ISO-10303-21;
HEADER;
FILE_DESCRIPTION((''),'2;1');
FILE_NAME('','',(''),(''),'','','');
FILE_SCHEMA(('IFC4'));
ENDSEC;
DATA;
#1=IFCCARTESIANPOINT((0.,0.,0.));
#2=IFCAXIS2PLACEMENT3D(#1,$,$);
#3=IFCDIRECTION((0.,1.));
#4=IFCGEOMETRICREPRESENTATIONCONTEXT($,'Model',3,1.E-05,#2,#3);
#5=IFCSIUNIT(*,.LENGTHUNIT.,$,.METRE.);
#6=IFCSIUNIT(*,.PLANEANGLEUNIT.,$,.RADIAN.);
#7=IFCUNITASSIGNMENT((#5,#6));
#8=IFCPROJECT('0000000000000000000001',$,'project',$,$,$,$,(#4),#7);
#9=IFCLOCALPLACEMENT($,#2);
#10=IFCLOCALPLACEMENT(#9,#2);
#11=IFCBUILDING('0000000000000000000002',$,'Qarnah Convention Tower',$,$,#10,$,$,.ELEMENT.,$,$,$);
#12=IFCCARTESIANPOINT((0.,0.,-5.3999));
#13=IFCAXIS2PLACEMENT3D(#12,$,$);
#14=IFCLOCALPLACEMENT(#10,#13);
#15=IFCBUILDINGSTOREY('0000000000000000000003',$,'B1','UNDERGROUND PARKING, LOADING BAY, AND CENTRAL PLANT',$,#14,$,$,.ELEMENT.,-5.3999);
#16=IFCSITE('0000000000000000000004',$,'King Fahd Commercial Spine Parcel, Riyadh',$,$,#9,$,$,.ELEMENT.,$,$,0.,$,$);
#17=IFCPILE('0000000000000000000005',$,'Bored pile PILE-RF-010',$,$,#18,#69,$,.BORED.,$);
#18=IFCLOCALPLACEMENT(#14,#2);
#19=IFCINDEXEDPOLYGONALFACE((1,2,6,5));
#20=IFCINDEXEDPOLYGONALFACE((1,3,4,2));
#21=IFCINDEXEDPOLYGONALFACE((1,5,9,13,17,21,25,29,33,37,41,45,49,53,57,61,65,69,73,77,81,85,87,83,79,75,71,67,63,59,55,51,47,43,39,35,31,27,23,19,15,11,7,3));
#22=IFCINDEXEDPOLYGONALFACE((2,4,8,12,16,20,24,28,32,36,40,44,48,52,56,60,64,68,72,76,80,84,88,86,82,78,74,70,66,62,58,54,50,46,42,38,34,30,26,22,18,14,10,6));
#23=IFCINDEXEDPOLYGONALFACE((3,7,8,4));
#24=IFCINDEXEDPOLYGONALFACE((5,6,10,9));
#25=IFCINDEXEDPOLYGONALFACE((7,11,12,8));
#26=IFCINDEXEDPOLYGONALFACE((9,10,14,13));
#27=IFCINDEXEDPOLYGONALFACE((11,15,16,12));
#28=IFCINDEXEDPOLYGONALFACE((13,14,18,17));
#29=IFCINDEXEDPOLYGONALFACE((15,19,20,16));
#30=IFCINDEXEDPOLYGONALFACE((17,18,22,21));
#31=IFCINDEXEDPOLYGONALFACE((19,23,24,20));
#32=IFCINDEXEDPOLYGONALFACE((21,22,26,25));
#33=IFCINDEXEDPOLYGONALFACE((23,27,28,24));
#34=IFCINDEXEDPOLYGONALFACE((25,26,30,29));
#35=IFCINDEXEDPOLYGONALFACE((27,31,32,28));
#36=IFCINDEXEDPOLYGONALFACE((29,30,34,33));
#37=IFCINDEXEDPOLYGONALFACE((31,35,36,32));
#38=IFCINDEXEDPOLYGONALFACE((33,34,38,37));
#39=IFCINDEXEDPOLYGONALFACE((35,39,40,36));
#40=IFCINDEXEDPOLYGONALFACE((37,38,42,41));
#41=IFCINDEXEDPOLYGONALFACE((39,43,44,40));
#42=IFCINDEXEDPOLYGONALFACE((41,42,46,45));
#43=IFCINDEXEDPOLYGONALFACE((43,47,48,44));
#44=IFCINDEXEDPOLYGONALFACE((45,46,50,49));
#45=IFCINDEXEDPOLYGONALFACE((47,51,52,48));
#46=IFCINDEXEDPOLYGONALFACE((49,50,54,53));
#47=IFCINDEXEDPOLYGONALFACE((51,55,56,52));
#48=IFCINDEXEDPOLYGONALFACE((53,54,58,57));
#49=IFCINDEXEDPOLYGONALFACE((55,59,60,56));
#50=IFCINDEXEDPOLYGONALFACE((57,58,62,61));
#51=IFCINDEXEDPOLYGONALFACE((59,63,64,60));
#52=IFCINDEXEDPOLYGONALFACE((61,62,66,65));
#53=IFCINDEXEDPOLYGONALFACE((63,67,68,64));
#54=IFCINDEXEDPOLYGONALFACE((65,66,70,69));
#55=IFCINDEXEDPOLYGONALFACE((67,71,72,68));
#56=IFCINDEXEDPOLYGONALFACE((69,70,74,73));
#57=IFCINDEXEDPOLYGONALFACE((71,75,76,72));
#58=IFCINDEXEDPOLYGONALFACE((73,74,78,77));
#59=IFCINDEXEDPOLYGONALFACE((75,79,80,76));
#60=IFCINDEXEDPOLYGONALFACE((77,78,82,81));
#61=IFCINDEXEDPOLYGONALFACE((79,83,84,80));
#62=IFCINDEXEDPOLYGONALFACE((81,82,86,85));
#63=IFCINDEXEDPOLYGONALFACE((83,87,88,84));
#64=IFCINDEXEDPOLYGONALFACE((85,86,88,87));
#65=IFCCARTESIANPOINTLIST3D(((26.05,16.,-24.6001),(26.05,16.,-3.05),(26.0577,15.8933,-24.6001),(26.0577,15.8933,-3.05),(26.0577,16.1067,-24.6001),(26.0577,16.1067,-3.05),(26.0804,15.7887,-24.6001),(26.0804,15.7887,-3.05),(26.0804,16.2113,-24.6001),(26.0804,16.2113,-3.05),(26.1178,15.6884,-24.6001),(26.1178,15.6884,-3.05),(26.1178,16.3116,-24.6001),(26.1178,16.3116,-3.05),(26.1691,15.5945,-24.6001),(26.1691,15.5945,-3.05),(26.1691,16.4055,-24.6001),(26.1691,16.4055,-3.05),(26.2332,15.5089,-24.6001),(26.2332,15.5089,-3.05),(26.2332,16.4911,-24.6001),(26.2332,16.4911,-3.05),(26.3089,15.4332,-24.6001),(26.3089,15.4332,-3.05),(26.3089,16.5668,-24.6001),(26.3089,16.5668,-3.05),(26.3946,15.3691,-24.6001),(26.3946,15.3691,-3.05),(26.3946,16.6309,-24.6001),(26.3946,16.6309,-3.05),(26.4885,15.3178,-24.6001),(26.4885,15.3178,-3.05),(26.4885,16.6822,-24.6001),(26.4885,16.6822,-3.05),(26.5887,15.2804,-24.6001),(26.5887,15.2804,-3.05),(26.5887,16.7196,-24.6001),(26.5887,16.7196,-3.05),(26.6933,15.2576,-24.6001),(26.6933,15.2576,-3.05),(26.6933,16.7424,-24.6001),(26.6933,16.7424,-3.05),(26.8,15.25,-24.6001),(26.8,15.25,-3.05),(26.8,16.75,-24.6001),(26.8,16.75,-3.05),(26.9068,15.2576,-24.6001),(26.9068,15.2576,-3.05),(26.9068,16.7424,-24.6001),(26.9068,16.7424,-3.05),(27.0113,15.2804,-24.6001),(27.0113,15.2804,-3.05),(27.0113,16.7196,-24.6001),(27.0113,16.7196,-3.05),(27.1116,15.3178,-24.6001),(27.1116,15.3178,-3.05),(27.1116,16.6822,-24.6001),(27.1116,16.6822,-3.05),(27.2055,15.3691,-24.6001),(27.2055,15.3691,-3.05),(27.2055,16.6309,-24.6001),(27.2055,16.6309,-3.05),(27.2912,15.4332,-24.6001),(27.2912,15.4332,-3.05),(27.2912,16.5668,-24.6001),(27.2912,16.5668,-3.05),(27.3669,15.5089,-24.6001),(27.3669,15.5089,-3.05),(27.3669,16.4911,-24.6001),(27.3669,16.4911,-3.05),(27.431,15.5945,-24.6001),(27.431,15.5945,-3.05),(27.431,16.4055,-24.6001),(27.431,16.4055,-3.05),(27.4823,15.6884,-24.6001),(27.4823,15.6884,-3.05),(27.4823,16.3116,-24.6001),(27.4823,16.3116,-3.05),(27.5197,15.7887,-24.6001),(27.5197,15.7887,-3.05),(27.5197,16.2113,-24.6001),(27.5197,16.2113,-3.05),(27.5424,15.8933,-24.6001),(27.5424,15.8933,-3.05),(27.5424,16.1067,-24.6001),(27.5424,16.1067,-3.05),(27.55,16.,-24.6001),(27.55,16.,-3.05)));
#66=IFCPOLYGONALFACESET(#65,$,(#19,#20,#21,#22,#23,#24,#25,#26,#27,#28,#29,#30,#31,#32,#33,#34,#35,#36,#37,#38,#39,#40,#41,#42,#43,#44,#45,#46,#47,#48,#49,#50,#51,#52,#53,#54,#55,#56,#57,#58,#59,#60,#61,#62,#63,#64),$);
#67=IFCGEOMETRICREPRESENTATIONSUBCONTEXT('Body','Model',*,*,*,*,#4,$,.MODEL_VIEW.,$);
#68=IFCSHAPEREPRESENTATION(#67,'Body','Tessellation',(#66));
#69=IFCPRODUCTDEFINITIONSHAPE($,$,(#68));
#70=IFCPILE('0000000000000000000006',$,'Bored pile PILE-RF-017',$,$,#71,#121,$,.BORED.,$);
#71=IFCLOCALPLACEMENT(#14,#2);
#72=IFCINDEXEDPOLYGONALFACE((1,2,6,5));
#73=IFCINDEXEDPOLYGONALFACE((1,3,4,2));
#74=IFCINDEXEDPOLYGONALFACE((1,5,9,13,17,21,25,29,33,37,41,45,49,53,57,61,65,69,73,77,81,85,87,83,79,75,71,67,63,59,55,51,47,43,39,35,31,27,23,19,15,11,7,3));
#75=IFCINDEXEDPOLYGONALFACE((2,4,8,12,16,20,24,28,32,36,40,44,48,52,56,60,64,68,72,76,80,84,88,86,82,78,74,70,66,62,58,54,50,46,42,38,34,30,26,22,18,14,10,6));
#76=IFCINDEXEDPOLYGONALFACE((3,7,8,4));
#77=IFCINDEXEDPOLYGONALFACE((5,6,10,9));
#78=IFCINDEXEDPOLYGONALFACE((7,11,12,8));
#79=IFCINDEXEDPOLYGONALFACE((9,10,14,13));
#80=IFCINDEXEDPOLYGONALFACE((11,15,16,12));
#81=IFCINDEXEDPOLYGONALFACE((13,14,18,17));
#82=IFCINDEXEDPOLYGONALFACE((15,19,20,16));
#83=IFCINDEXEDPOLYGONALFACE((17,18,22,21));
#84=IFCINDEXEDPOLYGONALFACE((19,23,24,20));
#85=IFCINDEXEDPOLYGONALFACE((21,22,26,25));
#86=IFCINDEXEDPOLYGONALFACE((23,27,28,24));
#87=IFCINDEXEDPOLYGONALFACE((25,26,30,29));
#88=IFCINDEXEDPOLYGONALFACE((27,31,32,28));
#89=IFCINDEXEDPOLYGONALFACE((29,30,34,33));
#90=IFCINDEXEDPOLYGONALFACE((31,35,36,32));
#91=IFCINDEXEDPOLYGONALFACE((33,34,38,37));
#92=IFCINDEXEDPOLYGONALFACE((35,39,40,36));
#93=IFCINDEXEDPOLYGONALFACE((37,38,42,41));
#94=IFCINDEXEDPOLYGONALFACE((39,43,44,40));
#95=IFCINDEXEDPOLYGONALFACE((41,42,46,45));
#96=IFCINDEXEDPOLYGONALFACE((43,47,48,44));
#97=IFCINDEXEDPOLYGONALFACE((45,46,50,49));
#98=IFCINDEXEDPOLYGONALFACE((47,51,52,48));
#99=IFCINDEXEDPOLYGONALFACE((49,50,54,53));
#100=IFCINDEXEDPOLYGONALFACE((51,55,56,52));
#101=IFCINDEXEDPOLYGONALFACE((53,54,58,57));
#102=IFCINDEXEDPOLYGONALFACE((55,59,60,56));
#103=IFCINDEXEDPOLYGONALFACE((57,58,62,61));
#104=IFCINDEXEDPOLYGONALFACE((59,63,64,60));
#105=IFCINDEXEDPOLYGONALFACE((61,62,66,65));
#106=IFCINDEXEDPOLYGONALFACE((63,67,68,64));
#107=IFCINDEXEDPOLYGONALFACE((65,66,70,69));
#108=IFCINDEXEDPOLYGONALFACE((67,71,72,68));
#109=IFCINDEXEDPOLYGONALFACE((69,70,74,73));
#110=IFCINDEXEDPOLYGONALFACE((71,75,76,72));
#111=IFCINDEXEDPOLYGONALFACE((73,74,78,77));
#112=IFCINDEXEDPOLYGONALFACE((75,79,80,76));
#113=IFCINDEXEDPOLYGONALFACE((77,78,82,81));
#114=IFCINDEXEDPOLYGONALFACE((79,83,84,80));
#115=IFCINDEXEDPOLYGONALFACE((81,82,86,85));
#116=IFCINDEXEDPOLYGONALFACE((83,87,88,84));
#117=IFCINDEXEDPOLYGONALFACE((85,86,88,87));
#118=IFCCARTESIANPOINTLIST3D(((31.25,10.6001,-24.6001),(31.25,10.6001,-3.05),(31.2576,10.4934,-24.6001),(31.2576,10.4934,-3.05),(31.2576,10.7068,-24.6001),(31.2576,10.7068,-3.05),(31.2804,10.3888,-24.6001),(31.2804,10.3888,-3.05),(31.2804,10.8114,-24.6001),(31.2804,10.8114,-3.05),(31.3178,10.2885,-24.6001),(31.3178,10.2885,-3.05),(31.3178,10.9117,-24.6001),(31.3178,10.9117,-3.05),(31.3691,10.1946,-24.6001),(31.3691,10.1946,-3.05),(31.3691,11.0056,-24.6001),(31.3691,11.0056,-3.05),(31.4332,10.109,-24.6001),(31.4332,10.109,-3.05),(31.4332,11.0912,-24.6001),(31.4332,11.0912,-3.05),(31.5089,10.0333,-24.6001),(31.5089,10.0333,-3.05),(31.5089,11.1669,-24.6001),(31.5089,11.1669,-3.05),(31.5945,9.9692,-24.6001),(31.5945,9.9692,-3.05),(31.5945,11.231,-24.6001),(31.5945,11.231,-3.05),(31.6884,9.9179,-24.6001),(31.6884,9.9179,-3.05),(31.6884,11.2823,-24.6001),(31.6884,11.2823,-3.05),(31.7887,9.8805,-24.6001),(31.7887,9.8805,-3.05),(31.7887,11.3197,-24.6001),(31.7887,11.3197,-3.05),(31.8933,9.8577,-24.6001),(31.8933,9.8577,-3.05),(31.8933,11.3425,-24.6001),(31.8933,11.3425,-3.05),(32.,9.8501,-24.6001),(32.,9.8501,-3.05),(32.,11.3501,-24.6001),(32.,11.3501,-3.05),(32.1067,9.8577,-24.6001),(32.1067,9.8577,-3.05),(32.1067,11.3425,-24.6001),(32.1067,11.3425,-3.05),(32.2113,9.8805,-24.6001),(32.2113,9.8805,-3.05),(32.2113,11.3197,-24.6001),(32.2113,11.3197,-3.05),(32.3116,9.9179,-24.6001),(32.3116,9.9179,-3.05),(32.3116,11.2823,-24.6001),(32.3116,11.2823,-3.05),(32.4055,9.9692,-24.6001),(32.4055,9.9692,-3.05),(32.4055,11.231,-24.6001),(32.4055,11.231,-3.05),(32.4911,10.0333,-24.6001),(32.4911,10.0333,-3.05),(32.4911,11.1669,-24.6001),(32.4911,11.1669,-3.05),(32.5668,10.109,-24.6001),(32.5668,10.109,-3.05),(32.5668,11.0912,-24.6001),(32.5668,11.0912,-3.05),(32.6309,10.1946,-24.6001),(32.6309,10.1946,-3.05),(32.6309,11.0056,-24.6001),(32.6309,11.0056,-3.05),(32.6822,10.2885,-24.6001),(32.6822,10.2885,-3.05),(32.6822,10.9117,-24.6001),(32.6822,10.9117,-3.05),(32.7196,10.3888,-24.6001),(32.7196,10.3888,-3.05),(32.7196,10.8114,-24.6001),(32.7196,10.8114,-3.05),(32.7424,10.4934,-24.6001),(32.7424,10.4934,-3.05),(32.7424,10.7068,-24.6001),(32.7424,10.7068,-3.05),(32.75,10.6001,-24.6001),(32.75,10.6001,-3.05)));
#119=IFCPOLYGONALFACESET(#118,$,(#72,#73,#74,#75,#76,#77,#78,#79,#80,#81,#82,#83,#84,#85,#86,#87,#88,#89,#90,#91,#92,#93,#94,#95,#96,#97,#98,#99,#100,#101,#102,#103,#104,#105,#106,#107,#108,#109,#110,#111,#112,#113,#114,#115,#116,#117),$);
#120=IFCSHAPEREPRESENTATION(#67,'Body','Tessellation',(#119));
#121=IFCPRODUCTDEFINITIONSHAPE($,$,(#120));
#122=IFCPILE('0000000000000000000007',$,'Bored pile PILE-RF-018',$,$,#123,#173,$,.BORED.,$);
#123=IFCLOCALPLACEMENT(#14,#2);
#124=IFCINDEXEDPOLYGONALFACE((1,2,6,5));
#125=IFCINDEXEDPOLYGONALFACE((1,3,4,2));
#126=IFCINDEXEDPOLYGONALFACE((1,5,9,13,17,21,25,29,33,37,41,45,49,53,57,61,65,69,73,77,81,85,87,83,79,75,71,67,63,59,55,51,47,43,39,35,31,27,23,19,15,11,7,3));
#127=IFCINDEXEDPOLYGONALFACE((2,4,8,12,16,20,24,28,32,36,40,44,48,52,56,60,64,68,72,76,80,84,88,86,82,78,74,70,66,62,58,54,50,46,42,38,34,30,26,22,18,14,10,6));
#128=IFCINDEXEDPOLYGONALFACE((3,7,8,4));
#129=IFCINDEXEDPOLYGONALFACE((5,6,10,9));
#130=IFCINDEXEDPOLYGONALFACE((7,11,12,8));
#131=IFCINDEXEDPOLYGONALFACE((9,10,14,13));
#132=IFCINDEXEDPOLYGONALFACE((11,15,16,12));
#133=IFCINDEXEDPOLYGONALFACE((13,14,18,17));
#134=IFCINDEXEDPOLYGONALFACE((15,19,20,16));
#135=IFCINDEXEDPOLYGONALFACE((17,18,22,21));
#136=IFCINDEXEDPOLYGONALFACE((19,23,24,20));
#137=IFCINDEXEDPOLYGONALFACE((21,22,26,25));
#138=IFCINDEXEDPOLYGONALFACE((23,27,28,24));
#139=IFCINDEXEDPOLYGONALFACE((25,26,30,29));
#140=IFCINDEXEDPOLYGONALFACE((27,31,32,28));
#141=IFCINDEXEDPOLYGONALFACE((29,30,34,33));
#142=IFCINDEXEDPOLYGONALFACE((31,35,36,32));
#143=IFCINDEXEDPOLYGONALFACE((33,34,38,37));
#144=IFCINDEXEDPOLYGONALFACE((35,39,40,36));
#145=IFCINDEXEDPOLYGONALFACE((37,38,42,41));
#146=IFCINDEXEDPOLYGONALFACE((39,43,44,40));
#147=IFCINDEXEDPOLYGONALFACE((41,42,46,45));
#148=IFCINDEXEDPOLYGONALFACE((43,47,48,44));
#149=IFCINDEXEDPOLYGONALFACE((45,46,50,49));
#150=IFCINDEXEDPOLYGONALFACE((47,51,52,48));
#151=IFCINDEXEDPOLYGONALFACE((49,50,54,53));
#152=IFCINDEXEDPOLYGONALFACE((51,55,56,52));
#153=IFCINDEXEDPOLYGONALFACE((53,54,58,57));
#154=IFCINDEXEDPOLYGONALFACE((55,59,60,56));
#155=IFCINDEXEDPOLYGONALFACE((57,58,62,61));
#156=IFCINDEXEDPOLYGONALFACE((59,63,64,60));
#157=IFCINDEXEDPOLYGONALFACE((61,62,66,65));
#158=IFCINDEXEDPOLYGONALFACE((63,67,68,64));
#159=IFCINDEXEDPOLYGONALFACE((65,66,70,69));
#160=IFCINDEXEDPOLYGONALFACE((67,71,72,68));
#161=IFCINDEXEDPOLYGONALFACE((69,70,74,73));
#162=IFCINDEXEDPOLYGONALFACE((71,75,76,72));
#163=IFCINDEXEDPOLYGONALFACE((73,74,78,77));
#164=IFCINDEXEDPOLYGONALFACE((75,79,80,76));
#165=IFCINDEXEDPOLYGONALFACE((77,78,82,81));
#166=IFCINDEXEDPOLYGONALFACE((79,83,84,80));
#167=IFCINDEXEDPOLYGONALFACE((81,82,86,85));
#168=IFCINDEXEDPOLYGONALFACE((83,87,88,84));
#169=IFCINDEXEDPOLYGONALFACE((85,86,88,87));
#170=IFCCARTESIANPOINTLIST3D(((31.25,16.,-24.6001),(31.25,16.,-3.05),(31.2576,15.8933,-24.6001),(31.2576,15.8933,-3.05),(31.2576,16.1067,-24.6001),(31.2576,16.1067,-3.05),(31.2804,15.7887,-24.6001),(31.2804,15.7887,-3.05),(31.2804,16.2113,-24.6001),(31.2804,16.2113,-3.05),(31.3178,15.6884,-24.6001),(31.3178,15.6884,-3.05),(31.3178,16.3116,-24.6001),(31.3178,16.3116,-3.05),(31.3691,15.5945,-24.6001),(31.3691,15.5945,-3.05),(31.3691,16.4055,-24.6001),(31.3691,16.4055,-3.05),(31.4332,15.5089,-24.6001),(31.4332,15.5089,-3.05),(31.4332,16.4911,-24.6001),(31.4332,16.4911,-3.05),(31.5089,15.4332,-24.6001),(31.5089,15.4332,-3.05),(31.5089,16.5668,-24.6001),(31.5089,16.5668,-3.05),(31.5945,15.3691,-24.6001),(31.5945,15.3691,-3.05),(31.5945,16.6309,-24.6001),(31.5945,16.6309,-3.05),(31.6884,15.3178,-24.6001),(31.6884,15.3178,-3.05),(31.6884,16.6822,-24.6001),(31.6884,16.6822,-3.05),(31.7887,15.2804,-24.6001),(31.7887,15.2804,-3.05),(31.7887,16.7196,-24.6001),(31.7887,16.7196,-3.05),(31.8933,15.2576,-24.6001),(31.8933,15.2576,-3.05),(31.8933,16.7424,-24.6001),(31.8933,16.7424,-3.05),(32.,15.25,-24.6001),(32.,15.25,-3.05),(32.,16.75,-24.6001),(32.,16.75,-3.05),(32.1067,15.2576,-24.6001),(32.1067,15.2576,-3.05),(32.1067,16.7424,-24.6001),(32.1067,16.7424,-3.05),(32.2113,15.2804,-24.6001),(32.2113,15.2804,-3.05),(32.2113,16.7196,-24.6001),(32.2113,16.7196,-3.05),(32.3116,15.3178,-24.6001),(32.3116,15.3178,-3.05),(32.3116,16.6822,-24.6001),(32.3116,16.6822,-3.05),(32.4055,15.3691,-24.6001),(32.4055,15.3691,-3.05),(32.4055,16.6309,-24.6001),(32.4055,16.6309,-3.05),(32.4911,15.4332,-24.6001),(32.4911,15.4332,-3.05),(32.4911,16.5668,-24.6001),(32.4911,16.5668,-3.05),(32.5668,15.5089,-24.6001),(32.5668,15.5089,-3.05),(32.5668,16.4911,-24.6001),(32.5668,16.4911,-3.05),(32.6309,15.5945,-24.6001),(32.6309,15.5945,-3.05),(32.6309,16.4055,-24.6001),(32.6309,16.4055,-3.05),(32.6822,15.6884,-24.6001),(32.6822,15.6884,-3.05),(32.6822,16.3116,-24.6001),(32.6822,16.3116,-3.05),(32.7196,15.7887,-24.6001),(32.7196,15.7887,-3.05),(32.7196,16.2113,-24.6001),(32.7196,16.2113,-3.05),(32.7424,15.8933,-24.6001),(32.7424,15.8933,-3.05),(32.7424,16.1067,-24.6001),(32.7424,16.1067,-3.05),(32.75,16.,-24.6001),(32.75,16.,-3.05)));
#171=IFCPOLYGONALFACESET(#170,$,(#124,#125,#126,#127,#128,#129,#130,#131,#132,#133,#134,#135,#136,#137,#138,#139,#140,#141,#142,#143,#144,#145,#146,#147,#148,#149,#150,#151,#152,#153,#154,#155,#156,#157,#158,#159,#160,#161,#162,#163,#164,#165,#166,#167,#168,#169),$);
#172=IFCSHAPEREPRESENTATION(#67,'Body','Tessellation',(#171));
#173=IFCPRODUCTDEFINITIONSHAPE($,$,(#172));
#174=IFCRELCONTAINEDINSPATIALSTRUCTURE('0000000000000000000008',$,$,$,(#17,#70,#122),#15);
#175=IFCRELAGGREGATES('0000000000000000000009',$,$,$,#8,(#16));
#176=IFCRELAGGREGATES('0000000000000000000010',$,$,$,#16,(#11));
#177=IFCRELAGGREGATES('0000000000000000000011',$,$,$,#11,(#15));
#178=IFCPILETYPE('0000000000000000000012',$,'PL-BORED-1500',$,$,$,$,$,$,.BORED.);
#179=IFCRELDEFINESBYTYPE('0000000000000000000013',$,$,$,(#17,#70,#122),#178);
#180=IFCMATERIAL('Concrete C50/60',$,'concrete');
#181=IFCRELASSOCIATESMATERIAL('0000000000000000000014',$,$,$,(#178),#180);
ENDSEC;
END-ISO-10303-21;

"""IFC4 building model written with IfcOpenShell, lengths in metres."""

from ifc_helpers import new_model, si_unit, direction, frame, origin, origin_2d, place, context, subcontext, project, spatial, circle, extrude, material, material_profile, profile_set, type_object, element, save


model = new_model("IFC4")

# Units and contexts
model_context = context("Model", 3, precision=1e-05, world=origin(), true_north=direction((0.0, 1.0)))
body_context = subcontext(model_context, "Body", "Model", "MODEL_VIEW")
ifc_project = project(units=[si_unit("LENGTHUNIT", "METRE"), si_unit("PLANEANGLEUNIT", "RADIAN")], contexts=[model_context])

# Site, building, storey
site_placement = place(None, origin())
site = spatial("IfcSite", under=ifc_project, at=site_placement, Name="King Fahd Commercial Spine Parcel, Riyadh", CompositionType="ELEMENT", RefElevation=0.0)
building_placement = place(site_placement, origin())
building = spatial("IfcBuilding", under=site, at=building_placement, Name="Qarnah Convention Tower", CompositionType="ELEMENT")
storey_placement = place(building_placement, frame((0.0, 0.0, -5.3999)))
storey = spatial("IfcBuildingStorey", under=building, at=storey_placement, Name="B1", Description="UNDERGROUND PARKING, LOADING BAY, AND CENTRAL PLANT", CompositionType="ELEMENT", Elevation=-5.3999)

# Shared definitions
ifc_material_1 = material(Name="Concrete C50/60", Category="concrete")

# Piles
ifc_material_profile_1 = material_profile(ifc_material_1, circle(Radius=0.75, at=origin_2d()), Name="PILE-D1500")
ifc_profile_set_1 = profile_set([ifc_material_profile_1], Name="Concrete C50/60")
pile_type_1 = type_object("IfcPileType", Name="PL-BORED-1500", PredefinedType="BORED", material=ifc_profile_set_1)
for number, where, z_axis, x_axis, name in (
    (1, (26.8, 16.0, -3.05), (0.0, 0.0, -1.0), (1.0, 0.0, 0.0), "Bored pile PILE-RF-010"),
    (2, (32.0, 10.6001, -3.05), (0.0, 0.0, -1.0), (1.0, 0.0, 0.0), "Bored pile PILE-RF-017"),
    (3, (32.0, 16.0, -3.05), (0.0, 0.0, -1.0), (1.0, 0.0, 0.0), "Bored pile PILE-RF-018"),
):
    element("IfcPile", number, at=place(storey_placement, frame(where, z_axis=z_axis, x_axis=x_axis)), inside=storey, type_object=pile_type_1, Name=name, PredefinedType="BORED", context=body_context, shape_type="SweptSolid", body=[
        extrude(circle(Radius=0.75, at=origin_2d()), origin(), (0.0, 0.0, 1.0), 21.55),
    ])

save(model, "model.ifc")
